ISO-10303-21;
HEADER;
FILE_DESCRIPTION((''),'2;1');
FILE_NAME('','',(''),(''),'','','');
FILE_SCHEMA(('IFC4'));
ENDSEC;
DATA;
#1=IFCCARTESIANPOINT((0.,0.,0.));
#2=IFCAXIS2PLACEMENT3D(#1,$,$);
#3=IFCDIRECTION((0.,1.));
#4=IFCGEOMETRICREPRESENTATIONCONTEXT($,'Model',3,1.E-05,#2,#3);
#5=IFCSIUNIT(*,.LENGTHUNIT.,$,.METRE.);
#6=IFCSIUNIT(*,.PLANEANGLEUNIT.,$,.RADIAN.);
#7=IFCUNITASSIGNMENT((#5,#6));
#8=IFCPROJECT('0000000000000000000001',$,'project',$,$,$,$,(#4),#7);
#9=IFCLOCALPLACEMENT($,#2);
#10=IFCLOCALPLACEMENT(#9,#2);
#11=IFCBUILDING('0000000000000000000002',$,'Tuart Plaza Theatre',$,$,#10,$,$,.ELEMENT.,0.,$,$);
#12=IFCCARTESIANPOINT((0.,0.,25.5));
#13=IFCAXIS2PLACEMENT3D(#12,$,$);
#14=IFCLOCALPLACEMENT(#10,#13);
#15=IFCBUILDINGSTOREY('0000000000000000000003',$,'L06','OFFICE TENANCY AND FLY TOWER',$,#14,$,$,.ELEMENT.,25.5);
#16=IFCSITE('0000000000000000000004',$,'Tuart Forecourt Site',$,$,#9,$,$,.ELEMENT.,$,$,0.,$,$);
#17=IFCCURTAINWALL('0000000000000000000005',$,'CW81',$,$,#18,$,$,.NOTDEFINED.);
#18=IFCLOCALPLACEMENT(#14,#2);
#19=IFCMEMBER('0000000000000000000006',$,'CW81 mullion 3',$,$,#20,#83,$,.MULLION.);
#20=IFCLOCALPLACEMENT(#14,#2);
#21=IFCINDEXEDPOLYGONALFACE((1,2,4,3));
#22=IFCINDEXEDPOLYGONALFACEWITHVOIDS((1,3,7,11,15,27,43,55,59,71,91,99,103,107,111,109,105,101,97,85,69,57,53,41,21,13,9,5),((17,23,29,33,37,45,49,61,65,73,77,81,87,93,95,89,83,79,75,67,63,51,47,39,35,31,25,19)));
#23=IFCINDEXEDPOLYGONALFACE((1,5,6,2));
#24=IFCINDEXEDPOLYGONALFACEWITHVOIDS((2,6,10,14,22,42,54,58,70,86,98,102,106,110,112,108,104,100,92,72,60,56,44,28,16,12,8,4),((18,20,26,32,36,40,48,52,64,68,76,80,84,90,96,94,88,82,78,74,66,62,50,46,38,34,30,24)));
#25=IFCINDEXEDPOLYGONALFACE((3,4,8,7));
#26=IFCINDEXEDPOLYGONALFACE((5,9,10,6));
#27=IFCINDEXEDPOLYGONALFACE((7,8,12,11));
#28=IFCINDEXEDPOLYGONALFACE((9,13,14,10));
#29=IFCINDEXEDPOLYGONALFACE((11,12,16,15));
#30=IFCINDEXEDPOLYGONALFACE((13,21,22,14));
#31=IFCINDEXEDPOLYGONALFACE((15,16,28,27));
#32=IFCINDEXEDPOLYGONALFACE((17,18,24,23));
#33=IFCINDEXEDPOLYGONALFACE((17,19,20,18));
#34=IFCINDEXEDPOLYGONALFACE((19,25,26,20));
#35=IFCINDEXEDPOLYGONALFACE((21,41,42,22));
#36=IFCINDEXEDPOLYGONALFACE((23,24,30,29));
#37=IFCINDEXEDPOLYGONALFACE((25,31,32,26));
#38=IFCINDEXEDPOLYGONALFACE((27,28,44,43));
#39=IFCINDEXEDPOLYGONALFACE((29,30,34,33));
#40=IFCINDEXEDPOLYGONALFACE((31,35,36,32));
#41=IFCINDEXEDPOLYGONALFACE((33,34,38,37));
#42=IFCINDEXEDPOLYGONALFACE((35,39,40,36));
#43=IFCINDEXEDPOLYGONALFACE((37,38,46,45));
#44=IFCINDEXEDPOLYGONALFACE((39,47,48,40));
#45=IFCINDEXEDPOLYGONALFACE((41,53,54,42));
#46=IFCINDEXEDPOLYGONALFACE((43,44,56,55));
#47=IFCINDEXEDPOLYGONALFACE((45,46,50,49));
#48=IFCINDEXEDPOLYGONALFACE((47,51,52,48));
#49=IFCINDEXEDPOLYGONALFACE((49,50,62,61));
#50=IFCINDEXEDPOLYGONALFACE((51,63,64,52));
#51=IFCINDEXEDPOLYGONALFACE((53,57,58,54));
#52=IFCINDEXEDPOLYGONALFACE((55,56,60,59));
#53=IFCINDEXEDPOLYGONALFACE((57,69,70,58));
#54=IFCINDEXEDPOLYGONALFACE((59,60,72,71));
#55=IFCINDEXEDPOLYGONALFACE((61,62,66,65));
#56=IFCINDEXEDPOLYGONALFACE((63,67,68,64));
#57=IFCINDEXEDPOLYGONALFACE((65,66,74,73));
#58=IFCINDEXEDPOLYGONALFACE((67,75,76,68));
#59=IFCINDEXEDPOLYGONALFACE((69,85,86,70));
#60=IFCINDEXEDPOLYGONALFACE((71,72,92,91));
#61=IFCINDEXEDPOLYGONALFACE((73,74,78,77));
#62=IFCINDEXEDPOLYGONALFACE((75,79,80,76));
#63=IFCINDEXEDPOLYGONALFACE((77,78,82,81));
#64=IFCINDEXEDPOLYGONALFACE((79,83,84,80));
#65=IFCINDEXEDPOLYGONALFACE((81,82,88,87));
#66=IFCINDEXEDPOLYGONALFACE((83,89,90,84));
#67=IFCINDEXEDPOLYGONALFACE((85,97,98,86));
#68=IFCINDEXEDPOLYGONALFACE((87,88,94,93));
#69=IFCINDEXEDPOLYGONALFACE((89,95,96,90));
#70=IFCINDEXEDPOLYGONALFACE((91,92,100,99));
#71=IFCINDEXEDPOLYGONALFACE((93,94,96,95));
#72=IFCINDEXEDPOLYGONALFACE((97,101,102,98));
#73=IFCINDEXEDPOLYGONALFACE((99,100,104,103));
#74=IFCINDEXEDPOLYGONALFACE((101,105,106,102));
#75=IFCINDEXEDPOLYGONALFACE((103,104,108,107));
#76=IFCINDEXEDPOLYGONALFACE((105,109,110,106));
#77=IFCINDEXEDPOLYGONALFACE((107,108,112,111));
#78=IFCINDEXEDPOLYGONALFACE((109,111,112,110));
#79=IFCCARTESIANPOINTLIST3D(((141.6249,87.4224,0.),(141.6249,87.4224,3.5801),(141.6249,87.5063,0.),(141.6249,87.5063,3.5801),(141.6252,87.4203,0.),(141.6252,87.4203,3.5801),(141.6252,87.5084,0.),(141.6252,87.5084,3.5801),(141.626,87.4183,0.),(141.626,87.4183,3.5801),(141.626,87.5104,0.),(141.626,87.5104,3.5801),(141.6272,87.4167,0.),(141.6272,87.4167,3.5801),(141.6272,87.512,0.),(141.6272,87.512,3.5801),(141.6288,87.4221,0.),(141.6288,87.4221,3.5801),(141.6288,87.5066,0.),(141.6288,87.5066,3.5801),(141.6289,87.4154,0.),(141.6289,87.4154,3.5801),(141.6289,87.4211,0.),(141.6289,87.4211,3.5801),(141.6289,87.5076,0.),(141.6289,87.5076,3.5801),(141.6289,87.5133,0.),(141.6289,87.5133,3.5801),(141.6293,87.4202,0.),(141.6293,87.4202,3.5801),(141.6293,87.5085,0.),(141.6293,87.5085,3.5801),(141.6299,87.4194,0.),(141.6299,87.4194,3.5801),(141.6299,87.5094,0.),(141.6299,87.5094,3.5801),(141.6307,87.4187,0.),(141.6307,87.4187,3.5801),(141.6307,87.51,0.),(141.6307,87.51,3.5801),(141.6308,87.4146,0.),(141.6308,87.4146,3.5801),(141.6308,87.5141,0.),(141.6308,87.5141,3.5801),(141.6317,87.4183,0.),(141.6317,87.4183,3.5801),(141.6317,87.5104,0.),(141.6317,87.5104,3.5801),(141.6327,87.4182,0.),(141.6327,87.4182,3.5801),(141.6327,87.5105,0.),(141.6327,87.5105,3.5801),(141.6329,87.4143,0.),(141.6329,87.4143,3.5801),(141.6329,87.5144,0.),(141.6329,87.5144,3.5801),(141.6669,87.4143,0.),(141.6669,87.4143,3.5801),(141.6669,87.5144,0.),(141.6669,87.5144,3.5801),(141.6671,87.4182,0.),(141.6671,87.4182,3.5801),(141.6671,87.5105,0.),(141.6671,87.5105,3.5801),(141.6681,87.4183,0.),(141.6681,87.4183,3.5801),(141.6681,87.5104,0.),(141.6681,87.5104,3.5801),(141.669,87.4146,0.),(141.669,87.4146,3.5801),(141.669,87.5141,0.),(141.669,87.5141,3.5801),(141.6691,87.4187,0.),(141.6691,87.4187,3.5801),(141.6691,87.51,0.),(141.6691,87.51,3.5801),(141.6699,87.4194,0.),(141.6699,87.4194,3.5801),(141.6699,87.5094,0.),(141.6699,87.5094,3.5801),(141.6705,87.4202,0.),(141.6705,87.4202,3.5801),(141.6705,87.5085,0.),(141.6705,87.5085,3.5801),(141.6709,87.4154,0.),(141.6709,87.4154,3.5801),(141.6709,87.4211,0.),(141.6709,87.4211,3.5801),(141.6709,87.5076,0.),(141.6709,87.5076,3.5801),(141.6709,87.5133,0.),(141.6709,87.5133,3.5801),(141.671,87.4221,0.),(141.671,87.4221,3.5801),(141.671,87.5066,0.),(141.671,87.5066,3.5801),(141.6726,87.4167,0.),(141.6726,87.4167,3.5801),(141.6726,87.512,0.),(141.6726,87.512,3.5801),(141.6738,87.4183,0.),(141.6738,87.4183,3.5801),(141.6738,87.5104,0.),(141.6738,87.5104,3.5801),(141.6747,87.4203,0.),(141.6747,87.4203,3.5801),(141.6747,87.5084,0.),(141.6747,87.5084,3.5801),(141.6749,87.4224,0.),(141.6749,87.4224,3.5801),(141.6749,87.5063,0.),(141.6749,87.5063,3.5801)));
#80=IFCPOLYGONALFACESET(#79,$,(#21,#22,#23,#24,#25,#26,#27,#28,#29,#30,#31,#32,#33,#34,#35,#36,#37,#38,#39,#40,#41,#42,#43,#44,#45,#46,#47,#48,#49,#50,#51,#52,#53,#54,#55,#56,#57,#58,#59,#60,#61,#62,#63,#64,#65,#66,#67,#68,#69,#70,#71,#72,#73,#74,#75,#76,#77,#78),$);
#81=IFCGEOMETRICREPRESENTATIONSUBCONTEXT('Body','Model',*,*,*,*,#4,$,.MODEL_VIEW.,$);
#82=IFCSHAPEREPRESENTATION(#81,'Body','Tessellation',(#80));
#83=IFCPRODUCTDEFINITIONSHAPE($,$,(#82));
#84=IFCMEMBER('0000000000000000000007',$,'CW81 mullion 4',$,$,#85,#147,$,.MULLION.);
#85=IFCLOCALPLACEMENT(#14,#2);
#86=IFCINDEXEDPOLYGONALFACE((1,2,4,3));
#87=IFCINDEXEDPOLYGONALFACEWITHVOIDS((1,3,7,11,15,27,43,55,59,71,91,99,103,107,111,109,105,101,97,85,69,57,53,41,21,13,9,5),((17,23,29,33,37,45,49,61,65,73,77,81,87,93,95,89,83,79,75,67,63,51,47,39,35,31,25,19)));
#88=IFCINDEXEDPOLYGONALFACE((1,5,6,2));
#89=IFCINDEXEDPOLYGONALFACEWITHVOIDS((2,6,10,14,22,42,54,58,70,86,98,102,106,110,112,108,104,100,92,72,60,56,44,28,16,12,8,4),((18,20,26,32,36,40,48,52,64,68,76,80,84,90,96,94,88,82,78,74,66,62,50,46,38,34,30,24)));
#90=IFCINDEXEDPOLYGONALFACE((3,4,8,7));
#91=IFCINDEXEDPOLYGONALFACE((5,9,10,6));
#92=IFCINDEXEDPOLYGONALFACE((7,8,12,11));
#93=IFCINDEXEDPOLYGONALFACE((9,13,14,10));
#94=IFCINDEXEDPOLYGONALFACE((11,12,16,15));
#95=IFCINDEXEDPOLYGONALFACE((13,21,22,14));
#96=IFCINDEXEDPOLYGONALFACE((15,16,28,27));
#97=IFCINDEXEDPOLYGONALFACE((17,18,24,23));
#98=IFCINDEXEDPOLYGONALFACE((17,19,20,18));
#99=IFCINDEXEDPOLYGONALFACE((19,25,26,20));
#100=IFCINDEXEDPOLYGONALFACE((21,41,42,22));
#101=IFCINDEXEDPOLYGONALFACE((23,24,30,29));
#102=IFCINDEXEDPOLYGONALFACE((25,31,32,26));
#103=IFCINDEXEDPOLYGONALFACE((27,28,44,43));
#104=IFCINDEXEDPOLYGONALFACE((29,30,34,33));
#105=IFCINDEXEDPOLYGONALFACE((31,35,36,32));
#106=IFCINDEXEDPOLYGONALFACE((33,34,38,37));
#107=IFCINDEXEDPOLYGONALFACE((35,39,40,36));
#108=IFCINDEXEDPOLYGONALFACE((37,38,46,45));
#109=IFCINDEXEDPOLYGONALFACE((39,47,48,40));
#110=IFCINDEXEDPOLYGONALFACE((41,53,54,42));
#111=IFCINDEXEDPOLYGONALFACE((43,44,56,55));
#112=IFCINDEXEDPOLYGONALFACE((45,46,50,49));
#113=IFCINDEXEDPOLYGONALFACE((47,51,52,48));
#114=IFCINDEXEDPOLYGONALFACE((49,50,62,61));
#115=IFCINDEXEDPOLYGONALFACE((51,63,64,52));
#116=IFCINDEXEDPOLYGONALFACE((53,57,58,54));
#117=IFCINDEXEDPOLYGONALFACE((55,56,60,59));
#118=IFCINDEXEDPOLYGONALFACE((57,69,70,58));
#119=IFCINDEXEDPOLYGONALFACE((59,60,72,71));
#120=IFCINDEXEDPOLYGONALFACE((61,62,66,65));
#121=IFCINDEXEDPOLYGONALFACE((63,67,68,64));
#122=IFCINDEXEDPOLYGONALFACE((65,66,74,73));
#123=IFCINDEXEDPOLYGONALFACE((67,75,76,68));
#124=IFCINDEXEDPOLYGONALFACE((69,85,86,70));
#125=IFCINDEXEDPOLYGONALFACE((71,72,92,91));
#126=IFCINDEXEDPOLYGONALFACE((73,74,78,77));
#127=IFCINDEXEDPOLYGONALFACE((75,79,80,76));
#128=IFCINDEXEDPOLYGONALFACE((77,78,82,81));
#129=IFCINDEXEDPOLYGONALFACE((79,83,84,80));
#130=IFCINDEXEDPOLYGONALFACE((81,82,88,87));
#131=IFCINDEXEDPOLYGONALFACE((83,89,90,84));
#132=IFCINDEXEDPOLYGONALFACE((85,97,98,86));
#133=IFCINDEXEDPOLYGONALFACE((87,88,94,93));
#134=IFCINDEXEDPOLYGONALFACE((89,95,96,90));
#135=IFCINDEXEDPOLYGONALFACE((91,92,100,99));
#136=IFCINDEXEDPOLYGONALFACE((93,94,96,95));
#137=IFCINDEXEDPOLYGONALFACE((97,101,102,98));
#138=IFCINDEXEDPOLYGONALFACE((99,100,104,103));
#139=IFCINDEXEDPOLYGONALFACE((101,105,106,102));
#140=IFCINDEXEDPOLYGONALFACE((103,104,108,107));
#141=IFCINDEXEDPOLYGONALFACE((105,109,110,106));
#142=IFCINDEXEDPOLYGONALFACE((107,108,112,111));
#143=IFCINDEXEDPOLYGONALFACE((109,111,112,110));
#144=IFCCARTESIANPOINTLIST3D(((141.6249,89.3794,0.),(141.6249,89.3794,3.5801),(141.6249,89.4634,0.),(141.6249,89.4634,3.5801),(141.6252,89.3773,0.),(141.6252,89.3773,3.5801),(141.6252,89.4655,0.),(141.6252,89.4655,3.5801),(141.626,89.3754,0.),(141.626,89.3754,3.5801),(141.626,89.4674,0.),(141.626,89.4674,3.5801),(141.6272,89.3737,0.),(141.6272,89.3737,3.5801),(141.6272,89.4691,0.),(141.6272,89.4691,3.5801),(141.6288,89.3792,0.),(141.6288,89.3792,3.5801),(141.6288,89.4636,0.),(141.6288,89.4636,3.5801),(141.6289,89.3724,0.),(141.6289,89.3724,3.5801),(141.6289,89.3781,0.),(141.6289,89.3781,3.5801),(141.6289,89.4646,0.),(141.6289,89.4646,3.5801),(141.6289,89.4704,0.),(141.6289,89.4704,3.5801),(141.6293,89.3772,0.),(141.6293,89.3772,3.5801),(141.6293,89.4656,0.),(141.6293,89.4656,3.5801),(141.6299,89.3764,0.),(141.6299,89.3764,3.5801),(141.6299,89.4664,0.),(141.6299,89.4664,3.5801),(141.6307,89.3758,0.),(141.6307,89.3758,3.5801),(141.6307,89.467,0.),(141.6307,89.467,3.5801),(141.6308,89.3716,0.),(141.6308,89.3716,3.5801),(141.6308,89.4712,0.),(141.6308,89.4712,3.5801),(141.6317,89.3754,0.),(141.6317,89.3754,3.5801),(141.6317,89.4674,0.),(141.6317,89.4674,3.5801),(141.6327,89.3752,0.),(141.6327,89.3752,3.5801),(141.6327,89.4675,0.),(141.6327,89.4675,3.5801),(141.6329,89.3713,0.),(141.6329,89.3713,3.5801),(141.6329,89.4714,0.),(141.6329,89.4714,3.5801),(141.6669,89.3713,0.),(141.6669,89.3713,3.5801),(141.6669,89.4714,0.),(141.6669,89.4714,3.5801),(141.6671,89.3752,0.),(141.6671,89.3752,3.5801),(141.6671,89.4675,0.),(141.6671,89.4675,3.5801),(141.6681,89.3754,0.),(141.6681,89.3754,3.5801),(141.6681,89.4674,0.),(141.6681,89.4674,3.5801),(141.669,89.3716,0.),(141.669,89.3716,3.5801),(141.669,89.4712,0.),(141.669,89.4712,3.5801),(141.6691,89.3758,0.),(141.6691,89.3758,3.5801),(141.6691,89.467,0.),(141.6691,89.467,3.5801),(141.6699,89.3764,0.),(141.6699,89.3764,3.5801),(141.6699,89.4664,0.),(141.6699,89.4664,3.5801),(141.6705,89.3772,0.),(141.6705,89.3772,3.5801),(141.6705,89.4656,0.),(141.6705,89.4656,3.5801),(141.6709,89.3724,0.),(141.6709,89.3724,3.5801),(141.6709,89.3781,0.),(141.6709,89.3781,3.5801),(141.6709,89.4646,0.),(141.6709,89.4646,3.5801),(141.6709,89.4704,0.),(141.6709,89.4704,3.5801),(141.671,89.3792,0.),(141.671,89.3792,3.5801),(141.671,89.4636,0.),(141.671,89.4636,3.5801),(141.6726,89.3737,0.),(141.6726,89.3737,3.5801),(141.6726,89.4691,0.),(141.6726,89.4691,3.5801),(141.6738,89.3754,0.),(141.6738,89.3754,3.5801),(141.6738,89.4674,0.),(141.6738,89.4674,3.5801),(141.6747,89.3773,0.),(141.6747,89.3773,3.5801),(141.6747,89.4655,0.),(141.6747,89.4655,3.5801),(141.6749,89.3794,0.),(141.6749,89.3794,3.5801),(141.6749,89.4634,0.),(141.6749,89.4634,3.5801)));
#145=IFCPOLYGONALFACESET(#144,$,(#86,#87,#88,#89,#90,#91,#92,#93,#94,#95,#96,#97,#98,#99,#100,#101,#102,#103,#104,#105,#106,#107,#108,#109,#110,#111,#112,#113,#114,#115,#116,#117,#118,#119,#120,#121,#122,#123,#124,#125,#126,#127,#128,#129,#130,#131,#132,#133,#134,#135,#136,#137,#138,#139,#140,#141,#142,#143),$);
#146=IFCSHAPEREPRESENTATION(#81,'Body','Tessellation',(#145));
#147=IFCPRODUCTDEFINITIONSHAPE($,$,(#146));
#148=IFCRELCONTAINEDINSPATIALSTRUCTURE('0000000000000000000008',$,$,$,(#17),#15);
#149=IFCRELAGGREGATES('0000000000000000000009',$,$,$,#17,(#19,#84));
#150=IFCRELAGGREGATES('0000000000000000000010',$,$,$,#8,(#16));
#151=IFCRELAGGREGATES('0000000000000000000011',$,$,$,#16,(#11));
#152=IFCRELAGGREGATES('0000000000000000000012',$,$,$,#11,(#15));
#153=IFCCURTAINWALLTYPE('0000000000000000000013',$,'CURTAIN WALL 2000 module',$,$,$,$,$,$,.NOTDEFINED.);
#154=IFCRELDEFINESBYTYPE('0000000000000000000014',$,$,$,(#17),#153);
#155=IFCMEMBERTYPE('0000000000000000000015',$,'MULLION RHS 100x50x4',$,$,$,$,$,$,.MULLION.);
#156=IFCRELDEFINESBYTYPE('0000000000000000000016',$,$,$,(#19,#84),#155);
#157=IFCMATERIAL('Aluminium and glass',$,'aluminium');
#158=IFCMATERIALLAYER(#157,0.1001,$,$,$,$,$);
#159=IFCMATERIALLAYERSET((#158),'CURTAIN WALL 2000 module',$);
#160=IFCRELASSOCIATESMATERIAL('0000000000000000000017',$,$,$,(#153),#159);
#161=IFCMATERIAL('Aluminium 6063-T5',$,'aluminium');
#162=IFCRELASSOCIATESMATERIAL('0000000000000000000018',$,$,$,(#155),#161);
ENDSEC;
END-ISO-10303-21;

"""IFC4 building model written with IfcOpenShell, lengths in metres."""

from ifc_helpers import new_model, si_unit, direction, frame, origin, origin_2d, place, context, subcontext, project, spatial, hollow_rectangle, extrude, material, layer, layer_set, material_profile, profile_set, type_object, element, aggregate, save


model = new_model("IFC4")

# Units and contexts
model_context = context("Model", 3, precision=1e-05, world=origin(), true_north=direction((0.0, 1.0)))
body_context = subcontext(model_context, "Body", "Model", "MODEL_VIEW")
ifc_project = project(units=[si_unit("LENGTHUNIT", "METRE"), si_unit("PLANEANGLEUNIT", "RADIAN")], contexts=[model_context])

# Site, building, storey
site_placement = place(None, origin())
site = spatial("IfcSite", under=ifc_project, at=site_placement, Name="Tuart Forecourt Site", CompositionType="ELEMENT", RefElevation=0.0)
building_placement = place(site_placement, origin())
building = spatial("IfcBuilding", under=site, at=building_placement, Name="Tuart Plaza Theatre", CompositionType="ELEMENT", ElevationOfRefHeight=0.0)
storey_placement = place(building_placement, frame((0.0, 0.0, 25.5)))
storey = spatial("IfcBuildingStorey", under=building, at=storey_placement, Name="L06", Description="OFFICE TENANCY AND FLY TOWER", CompositionType="ELEMENT", Elevation=25.5)

# Shared definitions
ifc_material_1 = material(Name="Aluminium and glass", Category="aluminium")
ifc_layer_1 = layer(ifc_material_1, 0.1001)
ifc_layer_set_1 = layer_set([ifc_layer_1], Name="CURTAIN WALL 2000 module")
curtain_wall_type = type_object("IfcCurtainWallType", Name="CURTAIN WALL 2000 module", PredefinedType="NOTDEFINED", material=ifc_layer_set_1)
ifc_material_2 = material(Name="Aluminium 6063-T5", Category="aluminium")
ifc_material_profile_1 = material_profile(ifc_material_2, hollow_rectangle(XDim=0.05, YDim=0.1001, WallThickness=0.0039, InnerFilletRadius=0.0039, OuterFilletRadius=0.0081, at=origin_2d()), Name="RHS 100x50x4")
ifc_profile_set_1 = profile_set([ifc_material_profile_1], Name="Aluminium 6063-T5")
member_type_1 = type_object("IfcMemberType", Name="MULLION RHS 100x50x4", PredefinedType="MULLION", material=ifc_profile_set_1)

# Curtain wall, members
curtain_wall_1_placement = place(storey_placement, origin())
curtain_wall_1 = element("IfcCurtainWall", 1, at=curtain_wall_1_placement, inside=storey, type_object=curtain_wall_type, Name="CW81", PredefinedType="NOTDEFINED")
member_1_placement = place(storey_placement, frame((141.6499, 87.4644, 0.0), z_axis=(0.0, 0.0, 1.0), x_axis=(-1.0, 0.0, 0.0)))
member_1 = element("IfcMember", 2, at=member_1_placement, type_object=member_type_1, Name="CW81 mullion 3", PredefinedType="MULLION", context=body_context, shape_type="SweptSolid", body=[
    extrude(hollow_rectangle(XDim=0.05, YDim=0.1001, WallThickness=0.0039, InnerFilletRadius=0.0039, OuterFilletRadius=0.0081, at=origin_2d()), origin(), (0.0, 0.0, 1.0), 3.5801),
])
member_2_placement = place(storey_placement, frame((141.6499, 89.4214, 0.0), z_axis=(0.0, 0.0, 1.0), x_axis=(-1.0, 0.0, 0.0)))
member_2 = element("IfcMember", 3, at=member_2_placement, type_object=member_type_1, Name="CW81 mullion 4", PredefinedType="MULLION", context=body_context, shape_type="SweptSolid", body=[
    extrude(hollow_rectangle(XDim=0.05, YDim=0.1001, WallThickness=0.0039, InnerFilletRadius=0.0039, OuterFilletRadius=0.0081, at=origin_2d()), origin(), (0.0, 0.0, 1.0), 3.5801),
])

aggregate(curtain_wall_1, [member_1, member_2])

save(model, "model.ifc")
